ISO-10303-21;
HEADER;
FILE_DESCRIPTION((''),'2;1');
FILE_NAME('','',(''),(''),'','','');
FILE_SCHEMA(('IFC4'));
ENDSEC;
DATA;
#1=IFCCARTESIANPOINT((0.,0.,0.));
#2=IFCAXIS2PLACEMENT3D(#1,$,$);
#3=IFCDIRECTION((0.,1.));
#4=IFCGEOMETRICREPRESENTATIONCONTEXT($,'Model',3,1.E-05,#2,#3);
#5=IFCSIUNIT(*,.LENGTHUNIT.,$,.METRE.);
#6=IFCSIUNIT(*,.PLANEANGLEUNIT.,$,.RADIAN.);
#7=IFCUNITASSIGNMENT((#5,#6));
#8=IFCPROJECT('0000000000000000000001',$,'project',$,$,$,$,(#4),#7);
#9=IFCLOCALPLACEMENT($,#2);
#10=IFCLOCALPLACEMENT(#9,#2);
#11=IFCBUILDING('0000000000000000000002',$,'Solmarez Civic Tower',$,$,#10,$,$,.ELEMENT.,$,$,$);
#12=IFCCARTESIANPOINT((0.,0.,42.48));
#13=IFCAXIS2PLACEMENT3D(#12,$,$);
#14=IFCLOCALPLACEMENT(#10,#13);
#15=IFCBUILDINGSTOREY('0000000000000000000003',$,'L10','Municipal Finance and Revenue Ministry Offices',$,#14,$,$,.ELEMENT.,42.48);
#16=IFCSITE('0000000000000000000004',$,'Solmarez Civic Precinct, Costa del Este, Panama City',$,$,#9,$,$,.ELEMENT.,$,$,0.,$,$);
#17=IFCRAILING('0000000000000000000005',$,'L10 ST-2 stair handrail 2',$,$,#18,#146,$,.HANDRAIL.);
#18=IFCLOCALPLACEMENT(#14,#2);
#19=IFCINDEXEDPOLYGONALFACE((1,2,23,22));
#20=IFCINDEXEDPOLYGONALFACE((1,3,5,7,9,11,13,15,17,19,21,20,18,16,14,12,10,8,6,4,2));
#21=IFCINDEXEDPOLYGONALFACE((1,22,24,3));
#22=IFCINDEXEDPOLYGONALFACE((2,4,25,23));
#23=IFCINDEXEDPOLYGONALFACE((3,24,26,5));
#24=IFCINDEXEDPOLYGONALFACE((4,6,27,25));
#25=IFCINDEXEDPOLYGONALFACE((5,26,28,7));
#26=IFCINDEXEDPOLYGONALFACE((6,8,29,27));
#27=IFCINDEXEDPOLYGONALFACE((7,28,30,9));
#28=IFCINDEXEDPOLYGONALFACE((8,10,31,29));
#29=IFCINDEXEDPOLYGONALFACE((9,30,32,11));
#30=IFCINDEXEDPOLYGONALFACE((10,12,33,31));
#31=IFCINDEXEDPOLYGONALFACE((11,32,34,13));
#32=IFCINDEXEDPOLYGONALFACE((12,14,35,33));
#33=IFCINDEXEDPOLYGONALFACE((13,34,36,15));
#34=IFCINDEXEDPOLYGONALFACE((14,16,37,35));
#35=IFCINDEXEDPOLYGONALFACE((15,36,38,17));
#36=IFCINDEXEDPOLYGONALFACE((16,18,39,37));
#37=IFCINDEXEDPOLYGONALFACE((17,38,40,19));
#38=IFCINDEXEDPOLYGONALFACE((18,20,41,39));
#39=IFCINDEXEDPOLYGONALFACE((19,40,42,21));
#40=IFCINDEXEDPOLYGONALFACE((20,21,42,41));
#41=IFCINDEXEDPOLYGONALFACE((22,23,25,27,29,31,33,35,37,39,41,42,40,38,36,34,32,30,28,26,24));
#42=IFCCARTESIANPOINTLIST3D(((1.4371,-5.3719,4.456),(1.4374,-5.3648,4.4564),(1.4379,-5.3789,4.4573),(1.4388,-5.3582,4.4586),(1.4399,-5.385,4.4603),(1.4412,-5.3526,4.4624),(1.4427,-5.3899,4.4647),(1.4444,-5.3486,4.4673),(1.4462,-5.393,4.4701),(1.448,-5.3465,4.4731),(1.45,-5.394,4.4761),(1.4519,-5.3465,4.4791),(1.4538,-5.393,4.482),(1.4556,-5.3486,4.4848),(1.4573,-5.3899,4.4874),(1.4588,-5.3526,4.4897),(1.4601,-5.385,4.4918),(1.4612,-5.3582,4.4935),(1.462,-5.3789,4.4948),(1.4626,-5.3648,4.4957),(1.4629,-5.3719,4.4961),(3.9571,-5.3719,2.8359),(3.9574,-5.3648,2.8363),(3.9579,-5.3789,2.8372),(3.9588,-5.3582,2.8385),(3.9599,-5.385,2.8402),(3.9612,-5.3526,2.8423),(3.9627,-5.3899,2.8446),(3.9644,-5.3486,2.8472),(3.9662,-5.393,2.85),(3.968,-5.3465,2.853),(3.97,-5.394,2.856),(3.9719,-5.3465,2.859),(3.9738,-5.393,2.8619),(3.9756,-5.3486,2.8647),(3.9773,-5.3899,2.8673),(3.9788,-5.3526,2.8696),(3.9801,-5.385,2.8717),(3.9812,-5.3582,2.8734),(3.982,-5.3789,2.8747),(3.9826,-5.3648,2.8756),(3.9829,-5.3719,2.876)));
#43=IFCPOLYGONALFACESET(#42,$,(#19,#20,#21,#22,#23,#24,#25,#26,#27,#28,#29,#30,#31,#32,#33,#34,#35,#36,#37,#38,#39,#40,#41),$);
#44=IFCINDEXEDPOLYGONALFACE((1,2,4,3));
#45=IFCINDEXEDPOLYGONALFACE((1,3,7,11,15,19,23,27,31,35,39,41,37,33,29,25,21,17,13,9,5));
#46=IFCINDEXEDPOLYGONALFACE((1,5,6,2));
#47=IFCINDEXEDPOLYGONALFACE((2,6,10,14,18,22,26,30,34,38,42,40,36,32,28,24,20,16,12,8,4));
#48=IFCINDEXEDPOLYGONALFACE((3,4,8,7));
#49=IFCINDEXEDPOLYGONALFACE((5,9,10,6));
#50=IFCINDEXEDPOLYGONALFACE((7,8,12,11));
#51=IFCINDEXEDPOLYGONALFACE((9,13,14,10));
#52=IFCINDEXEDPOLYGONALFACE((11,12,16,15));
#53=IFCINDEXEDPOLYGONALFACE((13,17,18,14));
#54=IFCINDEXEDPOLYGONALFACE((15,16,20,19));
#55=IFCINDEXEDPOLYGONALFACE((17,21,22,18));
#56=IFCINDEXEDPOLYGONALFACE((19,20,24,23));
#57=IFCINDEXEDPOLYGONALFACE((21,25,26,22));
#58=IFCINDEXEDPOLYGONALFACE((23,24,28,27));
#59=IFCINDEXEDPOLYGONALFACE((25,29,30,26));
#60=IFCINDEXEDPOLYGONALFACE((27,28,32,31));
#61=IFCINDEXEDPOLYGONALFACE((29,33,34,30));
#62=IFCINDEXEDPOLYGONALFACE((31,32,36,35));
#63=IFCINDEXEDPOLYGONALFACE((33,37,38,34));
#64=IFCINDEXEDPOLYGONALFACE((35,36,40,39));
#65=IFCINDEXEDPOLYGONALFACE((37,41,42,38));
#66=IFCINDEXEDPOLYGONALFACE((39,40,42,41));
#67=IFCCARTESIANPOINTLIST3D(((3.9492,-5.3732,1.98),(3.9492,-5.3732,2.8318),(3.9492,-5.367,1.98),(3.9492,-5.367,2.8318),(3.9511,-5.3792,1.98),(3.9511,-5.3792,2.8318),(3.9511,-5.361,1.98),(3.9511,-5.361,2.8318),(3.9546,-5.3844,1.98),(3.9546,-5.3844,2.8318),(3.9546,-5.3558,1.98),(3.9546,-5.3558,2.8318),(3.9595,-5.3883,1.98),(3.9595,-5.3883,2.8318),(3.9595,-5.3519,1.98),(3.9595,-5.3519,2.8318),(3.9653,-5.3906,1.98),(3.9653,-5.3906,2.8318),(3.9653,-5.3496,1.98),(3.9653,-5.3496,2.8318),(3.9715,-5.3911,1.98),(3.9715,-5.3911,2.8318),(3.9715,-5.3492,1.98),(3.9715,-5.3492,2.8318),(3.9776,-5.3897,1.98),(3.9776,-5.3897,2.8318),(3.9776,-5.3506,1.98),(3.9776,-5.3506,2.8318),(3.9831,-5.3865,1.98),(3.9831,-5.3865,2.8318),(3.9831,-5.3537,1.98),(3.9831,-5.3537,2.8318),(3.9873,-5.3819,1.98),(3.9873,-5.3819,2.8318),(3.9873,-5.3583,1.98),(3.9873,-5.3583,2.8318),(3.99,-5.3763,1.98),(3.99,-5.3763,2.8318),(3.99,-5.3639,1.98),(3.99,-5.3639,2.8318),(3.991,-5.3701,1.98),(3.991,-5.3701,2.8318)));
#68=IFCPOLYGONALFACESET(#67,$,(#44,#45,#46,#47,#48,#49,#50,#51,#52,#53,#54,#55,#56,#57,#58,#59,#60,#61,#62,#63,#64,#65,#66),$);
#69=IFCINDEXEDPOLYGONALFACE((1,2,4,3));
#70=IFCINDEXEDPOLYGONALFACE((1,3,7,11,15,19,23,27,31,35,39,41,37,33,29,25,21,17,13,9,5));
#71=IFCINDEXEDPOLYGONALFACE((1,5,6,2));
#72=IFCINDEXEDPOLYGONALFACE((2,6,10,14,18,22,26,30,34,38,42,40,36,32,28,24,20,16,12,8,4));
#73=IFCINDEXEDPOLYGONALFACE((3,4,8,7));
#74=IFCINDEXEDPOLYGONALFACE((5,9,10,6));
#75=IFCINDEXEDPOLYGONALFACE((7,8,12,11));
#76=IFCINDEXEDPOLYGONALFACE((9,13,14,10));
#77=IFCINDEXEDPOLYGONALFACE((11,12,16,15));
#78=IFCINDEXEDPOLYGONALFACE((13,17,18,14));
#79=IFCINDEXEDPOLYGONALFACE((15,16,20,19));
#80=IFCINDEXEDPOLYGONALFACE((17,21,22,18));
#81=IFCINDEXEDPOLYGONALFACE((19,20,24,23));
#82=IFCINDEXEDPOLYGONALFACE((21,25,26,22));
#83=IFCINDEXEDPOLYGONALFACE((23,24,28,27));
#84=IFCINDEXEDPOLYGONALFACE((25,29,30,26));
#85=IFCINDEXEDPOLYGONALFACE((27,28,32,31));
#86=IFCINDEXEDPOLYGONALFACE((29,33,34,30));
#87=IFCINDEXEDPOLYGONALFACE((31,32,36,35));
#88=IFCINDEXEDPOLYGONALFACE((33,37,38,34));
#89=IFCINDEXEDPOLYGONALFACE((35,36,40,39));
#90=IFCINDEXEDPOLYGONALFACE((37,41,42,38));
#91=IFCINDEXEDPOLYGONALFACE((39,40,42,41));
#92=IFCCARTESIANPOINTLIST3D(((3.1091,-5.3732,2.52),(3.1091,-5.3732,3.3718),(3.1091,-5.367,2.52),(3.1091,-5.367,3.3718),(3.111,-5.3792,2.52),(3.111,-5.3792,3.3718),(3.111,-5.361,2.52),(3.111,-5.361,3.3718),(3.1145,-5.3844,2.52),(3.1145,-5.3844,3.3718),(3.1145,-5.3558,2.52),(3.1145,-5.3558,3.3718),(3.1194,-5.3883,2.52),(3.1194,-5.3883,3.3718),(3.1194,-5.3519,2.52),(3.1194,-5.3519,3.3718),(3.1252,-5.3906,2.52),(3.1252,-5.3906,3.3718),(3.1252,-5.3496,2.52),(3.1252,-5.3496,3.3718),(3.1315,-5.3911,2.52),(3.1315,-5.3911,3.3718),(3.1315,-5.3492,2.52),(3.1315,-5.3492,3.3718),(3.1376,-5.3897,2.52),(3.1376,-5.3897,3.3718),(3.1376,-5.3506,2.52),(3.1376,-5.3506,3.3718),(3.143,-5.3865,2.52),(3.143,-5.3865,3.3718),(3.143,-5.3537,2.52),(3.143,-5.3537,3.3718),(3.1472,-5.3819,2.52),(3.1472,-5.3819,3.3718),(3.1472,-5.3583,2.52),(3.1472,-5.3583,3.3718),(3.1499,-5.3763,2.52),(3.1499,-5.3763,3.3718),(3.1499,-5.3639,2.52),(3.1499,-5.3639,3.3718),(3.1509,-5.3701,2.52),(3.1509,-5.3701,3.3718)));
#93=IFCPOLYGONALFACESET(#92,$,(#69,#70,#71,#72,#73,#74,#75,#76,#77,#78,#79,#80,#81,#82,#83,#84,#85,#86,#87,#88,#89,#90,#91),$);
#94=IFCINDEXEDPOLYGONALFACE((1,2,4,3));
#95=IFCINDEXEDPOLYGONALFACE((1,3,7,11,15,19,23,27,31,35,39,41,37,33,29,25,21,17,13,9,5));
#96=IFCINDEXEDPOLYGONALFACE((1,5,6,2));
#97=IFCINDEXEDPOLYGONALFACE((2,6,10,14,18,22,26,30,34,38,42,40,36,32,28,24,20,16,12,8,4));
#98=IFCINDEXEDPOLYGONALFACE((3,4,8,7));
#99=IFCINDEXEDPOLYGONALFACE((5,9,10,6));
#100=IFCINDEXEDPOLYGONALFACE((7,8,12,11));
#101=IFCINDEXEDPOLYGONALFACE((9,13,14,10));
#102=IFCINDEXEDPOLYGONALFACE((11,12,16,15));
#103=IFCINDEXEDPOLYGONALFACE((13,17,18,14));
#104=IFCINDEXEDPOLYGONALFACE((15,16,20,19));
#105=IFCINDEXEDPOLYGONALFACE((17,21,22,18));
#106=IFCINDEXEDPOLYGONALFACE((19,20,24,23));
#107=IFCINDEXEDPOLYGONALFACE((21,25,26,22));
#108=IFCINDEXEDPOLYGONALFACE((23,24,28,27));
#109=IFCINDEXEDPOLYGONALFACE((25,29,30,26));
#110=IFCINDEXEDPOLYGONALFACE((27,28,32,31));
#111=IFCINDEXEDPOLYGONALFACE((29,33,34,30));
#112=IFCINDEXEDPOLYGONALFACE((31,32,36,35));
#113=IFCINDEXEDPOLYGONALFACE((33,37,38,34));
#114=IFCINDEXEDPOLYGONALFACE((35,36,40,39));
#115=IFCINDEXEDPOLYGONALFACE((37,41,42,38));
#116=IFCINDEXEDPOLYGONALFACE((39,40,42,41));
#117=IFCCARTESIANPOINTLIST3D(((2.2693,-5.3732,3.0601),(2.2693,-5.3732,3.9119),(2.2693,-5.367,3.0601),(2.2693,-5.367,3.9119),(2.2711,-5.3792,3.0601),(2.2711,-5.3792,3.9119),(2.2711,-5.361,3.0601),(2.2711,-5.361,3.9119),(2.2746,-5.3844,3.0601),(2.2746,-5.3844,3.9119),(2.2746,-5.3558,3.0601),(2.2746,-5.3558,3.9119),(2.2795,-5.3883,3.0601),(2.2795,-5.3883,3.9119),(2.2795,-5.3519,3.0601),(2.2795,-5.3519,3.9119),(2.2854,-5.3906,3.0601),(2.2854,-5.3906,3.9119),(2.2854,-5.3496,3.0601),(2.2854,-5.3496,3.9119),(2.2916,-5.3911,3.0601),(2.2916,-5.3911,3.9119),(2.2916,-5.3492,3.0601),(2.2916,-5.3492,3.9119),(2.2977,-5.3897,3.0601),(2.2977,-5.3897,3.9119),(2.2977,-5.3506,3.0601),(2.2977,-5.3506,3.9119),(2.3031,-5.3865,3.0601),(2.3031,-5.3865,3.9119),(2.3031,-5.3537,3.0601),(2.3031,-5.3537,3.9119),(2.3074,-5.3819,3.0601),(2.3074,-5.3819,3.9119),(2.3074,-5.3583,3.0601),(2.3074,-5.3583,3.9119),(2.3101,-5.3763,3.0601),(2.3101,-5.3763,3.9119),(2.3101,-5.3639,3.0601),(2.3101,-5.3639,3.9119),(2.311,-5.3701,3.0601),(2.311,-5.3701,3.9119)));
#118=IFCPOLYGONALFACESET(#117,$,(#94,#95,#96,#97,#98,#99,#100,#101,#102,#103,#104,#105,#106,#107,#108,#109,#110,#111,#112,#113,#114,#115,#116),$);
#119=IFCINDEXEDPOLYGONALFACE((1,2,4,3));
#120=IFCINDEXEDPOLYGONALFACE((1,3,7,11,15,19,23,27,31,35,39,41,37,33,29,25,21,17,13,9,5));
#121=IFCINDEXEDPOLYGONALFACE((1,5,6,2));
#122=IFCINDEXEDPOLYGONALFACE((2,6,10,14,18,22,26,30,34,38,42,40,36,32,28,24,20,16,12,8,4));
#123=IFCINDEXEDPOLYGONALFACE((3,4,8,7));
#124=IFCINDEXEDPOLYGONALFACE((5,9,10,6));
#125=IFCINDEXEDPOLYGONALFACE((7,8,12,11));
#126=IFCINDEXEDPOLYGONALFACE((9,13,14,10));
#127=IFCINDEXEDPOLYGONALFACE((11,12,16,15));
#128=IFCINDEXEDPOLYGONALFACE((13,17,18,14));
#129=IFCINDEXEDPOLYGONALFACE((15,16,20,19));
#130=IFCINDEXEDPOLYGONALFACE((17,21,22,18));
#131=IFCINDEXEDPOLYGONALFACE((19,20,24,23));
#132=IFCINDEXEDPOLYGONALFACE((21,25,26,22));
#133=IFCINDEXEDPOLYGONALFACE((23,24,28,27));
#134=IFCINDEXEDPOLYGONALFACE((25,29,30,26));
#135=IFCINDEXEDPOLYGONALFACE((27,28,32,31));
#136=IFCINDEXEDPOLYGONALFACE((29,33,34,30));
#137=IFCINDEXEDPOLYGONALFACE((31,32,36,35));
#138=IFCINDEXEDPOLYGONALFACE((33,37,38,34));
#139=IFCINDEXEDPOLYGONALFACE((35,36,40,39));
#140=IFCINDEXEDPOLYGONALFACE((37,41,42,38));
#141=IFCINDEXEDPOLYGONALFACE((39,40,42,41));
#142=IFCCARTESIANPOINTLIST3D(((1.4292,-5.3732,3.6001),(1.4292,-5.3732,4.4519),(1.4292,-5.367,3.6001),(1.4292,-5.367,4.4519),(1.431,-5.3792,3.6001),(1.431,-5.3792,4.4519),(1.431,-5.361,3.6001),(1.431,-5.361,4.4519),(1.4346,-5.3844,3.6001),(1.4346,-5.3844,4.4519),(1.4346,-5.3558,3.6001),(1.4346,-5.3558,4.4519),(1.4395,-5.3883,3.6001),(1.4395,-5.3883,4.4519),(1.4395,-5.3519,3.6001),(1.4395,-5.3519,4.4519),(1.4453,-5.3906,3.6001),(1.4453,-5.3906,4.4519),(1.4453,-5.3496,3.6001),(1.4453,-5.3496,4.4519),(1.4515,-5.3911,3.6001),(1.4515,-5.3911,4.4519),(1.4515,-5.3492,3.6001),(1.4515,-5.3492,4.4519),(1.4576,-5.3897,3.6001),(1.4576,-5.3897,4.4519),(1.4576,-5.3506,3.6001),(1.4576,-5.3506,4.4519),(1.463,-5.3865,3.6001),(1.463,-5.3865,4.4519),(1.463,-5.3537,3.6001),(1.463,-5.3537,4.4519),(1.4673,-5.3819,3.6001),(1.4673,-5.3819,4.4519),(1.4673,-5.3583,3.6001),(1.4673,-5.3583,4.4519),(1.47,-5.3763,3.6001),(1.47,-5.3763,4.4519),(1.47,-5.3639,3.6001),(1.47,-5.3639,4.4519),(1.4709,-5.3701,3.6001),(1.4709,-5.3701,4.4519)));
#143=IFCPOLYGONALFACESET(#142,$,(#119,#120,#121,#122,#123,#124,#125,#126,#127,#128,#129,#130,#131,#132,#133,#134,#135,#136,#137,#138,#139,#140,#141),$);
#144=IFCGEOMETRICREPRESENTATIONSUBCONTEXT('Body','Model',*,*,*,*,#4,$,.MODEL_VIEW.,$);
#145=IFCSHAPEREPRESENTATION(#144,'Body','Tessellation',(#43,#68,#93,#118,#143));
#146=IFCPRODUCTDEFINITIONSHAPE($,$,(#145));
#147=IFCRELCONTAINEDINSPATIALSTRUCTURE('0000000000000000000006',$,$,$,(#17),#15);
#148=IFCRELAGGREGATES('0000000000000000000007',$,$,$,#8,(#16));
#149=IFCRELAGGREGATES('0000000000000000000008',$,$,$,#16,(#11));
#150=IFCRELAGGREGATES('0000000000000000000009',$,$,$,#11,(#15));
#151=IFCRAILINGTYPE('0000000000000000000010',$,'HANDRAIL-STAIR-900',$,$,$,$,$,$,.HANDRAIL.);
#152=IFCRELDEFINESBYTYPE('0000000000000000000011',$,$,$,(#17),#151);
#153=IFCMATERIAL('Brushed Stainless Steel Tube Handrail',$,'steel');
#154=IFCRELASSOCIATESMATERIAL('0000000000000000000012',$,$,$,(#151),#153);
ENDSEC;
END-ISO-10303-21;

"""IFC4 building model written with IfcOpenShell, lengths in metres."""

from ifc_helpers import new_model, si_unit, direction, frame, origin, origin_2d, place, context, subcontext, project, spatial, circle, extrude, material, type_object, element, save


model = new_model("IFC4")

# Units and contexts
model_context = context("Model", 3, precision=1e-05, world=origin(), true_north=direction((0.0, 1.0)))
body_context = subcontext(model_context, "Body", "Model", "MODEL_VIEW")
ifc_project = project(units=[si_unit("LENGTHUNIT", "METRE"), si_unit("PLANEANGLEUNIT", "RADIAN")], contexts=[model_context])

# Site, building, storey
site_placement = place(None, origin())
site = spatial("IfcSite", under=ifc_project, at=site_placement, Name="Solmarez Civic Precinct, Costa del Este, Panama City", CompositionType="ELEMENT", RefElevation=0.0)
building_placement = place(site_placement, origin())
building = spatial("IfcBuilding", under=site, at=building_placement, Name="Solmarez Civic Tower", CompositionType="ELEMENT")
storey_placement = place(building_placement, frame((0.0, 0.0, 42.48)))
storey = spatial("IfcBuildingStorey", under=building, at=storey_placement, Name="L10", Description="Municipal Finance and Revenue Ministry Offices", CompositionType="ELEMENT", Elevation=42.48)

# Railing
ifc_material_1 = material(Name="Brushed Stainless Steel Tube Handrail", Category="steel")
railing_type_1 = type_object("IfcRailingType", Name="HANDRAIL-STAIR-900", PredefinedType="HANDRAIL", material=ifc_material_1)
railing_1_placement = place(storey_placement, frame((3.97, -5.3701, 1.98)))
element("IfcRailing", 1, at=railing_1_placement, inside=storey, type_object=railing_type_1, Name="L10 ST-2 stair handrail 2", PredefinedType="HANDRAIL", context=body_context, shape_type="SweptSolid", body=[
    extrude(circle(Radius=0.0239, at=origin_2d()), frame((0.0, 0.0, 0.876), z_axis=(-0.841163, 0.0, 0.540782), x_axis=(0.0, -1.0, 0.0)), (0.0, 0.0, 1.0), 2.9958),
    extrude(circle(Radius=0.021, at=origin_2d()), origin(), (0.0, 0.0, 1.0), 0.8518),
    extrude(circle(Radius=0.021, at=origin_2d()), frame((-0.8401, 0.0, 0.54)), (0.0, 0.0, 1.0), 0.8518),
    extrude(circle(Radius=0.021, at=origin_2d()), frame((-1.6799, 0.0, 1.0801)), (0.0, 0.0, 1.0), 0.8518),
    extrude(circle(Radius=0.021, at=origin_2d()), frame((-2.52, 0.0, 1.6201)), (0.0, 0.0, 1.0), 0.8518),
])

save(model, "model.ifc")
